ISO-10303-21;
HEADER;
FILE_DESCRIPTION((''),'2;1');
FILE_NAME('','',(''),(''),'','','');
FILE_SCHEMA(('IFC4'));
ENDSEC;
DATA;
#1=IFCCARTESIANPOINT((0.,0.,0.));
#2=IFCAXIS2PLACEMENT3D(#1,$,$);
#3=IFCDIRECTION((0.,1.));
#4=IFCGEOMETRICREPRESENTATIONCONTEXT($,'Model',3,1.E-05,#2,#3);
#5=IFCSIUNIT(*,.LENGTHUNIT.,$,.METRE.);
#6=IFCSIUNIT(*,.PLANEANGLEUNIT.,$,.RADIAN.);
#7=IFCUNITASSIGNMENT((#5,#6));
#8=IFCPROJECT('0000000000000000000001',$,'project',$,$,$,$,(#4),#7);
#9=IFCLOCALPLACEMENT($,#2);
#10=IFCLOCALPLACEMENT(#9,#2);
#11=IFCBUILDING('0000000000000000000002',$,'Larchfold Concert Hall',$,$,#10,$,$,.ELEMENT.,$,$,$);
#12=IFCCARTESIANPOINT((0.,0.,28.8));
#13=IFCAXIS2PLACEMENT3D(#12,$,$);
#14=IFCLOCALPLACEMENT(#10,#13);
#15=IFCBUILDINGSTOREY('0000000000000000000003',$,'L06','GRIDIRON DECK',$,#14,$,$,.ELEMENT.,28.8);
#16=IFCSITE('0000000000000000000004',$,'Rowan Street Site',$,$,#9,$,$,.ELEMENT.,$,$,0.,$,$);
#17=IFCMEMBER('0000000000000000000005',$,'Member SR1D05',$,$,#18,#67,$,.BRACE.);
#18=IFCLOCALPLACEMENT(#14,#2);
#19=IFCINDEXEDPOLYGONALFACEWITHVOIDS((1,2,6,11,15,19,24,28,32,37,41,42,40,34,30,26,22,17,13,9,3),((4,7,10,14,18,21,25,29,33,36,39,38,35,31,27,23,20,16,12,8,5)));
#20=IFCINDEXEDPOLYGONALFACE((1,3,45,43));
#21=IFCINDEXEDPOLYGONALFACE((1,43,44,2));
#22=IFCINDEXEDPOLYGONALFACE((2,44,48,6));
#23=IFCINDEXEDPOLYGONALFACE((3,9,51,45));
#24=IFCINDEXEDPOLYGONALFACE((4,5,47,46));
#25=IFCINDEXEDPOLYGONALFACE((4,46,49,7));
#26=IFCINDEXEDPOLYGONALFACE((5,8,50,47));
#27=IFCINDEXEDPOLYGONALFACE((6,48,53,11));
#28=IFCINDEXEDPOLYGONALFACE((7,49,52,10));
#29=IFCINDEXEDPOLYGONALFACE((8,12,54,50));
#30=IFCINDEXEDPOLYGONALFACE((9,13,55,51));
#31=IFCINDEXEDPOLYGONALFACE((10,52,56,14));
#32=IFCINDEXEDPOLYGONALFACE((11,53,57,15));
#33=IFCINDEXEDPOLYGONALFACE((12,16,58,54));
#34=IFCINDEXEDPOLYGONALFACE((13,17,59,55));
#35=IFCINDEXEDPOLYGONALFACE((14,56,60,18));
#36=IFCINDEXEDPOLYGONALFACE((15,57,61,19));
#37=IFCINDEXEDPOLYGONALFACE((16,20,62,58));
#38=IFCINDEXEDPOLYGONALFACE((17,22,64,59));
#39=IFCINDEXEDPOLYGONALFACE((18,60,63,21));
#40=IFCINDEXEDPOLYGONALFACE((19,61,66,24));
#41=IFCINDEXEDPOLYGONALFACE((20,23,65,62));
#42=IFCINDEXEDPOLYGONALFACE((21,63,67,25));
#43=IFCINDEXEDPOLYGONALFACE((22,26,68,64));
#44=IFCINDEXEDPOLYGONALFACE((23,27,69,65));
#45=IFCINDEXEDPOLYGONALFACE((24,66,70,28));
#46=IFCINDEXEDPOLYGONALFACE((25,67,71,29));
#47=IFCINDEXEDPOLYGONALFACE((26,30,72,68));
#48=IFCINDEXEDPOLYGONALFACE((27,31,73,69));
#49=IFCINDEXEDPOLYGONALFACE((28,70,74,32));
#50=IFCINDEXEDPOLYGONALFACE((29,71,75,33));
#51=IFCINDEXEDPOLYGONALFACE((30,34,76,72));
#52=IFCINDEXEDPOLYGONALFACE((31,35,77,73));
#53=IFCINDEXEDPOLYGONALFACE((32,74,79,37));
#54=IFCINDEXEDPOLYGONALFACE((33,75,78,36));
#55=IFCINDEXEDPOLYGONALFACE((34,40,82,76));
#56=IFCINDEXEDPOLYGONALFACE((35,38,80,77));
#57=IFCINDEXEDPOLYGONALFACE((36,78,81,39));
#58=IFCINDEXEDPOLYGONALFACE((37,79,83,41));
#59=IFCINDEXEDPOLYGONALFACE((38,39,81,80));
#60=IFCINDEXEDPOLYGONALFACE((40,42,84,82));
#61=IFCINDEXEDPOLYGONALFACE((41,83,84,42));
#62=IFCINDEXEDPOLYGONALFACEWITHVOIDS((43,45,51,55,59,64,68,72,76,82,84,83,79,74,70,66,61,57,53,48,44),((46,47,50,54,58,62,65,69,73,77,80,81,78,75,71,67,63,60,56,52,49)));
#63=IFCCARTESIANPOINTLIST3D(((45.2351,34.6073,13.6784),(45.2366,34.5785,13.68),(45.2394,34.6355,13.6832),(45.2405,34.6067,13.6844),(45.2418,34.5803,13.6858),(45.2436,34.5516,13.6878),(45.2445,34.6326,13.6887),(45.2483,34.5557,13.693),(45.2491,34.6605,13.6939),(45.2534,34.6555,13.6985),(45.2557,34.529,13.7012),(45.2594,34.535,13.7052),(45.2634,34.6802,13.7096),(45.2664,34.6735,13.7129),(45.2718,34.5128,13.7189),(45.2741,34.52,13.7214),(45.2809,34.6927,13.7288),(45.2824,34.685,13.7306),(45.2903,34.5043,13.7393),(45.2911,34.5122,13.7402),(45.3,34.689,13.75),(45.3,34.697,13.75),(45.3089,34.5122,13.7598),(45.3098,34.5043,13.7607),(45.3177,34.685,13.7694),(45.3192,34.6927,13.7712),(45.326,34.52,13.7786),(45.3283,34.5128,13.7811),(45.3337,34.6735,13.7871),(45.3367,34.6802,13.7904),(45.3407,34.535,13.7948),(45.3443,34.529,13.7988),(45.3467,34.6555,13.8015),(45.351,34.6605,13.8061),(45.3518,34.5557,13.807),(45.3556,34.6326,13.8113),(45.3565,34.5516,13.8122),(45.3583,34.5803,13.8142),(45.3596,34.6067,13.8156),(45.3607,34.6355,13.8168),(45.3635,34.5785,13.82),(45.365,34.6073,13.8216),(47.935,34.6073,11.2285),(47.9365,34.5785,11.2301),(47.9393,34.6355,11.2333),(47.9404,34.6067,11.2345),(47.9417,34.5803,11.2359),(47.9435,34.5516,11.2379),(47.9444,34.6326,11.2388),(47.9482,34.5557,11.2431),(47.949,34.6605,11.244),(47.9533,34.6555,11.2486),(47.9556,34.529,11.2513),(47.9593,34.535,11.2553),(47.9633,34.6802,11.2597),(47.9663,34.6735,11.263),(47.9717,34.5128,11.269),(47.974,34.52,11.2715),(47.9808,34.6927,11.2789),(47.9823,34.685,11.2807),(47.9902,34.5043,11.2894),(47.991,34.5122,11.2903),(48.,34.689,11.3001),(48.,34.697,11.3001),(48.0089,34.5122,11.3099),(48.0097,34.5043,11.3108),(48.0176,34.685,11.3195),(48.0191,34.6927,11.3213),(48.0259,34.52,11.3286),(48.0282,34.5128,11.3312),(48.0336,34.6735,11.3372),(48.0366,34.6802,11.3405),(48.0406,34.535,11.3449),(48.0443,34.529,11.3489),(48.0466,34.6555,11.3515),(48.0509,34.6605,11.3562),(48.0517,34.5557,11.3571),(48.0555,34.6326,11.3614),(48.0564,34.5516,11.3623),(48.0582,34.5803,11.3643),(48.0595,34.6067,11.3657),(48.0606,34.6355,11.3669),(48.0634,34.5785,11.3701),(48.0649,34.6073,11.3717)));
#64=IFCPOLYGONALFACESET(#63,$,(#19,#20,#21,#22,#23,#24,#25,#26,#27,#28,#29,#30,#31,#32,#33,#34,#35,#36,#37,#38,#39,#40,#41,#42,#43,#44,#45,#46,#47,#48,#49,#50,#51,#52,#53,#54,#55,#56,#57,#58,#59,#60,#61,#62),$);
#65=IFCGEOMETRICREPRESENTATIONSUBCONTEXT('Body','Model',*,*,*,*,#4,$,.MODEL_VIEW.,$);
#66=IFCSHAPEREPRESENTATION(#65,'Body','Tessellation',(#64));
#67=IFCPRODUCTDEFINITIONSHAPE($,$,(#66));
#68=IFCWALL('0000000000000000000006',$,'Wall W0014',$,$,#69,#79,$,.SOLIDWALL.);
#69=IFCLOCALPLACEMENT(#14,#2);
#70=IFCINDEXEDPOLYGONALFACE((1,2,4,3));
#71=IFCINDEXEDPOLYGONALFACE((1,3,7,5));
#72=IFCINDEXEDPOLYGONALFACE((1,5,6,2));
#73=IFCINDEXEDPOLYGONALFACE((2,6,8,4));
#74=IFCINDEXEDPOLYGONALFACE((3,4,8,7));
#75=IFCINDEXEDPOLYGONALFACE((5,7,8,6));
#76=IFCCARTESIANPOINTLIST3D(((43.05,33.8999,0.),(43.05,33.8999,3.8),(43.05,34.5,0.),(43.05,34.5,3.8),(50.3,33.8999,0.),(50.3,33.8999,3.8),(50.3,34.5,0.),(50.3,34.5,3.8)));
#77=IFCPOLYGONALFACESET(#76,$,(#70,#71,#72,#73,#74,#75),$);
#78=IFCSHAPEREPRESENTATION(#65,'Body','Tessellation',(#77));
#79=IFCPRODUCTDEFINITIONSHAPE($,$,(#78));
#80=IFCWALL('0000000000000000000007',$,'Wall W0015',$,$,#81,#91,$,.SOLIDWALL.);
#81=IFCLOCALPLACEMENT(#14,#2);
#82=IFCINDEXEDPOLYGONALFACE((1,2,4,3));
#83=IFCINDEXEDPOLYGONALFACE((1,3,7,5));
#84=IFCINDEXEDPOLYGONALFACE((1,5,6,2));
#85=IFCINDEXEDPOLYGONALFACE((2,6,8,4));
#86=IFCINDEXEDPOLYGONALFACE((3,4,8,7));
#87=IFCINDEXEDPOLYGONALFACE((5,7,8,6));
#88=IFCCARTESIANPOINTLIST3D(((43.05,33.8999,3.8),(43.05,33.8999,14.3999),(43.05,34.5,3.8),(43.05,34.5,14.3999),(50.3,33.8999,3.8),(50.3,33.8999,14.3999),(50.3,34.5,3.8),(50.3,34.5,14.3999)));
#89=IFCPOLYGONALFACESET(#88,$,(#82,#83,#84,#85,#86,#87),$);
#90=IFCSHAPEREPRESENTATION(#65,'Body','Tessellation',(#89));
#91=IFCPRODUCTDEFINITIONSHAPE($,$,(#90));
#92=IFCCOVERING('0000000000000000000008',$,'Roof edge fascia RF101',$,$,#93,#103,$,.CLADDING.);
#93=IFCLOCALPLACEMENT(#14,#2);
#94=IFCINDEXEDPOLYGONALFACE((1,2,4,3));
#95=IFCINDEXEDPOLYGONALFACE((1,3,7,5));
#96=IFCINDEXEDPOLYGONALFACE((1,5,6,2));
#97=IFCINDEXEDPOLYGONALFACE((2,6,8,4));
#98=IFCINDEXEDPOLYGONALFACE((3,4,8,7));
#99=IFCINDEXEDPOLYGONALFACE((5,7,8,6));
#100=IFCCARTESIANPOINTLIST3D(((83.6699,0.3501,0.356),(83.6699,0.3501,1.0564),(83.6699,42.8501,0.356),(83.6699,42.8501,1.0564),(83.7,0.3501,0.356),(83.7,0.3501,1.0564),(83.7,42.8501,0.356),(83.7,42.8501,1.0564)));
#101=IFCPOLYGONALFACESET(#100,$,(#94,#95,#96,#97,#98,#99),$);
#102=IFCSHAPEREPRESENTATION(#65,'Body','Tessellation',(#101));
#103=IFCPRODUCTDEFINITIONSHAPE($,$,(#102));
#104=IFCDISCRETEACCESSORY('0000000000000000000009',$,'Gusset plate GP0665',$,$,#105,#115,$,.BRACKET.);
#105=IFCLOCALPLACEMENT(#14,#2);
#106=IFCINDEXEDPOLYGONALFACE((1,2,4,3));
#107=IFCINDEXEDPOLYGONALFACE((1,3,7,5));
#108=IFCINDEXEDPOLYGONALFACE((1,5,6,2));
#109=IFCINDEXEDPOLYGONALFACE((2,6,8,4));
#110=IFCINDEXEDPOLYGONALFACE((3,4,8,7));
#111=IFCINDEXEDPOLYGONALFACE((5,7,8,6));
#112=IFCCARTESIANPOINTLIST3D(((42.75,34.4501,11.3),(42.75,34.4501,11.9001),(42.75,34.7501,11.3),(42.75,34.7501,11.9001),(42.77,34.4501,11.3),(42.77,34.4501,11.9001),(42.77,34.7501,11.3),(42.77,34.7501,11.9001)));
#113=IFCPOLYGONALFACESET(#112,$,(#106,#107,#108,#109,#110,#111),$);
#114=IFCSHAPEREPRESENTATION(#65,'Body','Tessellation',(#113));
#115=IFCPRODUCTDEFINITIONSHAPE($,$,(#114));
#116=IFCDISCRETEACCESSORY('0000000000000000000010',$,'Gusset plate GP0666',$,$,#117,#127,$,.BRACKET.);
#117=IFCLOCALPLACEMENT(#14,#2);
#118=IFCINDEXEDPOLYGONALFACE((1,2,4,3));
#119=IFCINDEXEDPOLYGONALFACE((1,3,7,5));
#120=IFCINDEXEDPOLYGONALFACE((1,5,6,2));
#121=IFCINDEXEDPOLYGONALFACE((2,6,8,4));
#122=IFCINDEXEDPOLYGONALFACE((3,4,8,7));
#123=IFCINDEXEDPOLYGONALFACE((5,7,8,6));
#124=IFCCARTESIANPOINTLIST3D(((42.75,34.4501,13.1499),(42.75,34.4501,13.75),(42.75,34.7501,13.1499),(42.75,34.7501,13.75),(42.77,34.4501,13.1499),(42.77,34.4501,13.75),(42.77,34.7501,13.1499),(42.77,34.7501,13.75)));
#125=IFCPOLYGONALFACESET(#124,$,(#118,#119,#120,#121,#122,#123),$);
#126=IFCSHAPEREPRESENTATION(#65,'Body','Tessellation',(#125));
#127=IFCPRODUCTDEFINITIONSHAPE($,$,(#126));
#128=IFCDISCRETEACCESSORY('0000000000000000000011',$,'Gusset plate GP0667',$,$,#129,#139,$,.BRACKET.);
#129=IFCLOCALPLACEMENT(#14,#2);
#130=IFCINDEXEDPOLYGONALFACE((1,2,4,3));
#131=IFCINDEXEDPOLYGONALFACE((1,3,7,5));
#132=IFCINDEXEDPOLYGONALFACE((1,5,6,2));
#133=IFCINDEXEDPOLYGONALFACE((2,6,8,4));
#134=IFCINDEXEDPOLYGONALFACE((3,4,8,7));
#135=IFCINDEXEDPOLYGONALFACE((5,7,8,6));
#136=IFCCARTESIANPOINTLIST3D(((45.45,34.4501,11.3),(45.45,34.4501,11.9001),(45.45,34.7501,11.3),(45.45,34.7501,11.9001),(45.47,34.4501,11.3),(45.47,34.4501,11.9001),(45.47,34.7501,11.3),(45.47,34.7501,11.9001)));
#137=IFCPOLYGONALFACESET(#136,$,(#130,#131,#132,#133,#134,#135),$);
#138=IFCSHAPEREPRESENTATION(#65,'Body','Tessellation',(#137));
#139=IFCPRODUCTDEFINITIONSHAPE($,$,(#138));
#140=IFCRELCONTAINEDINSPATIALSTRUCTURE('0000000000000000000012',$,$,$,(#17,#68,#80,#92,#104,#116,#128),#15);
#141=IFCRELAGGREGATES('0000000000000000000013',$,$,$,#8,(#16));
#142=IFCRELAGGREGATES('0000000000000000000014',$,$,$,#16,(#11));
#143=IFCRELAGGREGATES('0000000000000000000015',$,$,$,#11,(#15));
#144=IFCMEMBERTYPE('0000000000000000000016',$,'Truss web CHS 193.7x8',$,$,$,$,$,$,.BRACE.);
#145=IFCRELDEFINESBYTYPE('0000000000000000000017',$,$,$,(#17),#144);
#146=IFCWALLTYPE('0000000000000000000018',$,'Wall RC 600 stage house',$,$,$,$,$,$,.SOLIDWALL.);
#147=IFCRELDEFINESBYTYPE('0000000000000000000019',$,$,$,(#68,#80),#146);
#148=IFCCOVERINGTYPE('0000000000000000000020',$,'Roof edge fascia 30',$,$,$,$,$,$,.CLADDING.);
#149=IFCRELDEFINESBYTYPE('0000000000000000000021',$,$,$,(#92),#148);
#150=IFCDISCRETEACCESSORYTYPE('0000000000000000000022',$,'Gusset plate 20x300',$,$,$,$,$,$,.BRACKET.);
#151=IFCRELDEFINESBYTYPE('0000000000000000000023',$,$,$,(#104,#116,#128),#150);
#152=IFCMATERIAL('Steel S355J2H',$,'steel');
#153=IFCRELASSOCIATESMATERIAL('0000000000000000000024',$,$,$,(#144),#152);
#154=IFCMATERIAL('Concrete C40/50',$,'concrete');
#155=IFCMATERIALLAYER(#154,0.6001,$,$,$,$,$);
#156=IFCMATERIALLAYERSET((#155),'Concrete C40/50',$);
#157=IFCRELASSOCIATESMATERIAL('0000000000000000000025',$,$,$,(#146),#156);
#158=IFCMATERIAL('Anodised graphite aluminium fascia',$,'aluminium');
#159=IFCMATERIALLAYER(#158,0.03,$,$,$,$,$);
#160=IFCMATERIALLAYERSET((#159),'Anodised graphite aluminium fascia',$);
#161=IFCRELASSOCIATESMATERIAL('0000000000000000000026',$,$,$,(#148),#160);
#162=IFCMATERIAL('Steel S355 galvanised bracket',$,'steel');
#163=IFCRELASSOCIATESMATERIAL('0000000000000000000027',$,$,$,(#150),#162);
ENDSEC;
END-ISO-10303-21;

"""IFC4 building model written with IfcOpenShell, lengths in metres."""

from ifc_helpers import new_model, si_unit, direction, frame, frame_2d, origin, origin_2d, place, context, subcontext, project, spatial, polyline, rectangle, hollow_circle, outline, extrude, material, layer, layer_set, material_profile, profile_set, type_object, element, save


model = new_model("IFC4")

# Units and contexts
model_context = context("Model", 3, precision=1e-05, world=origin(), true_north=direction((0.0, 1.0)))
body_context = subcontext(model_context, "Body", "Model", "MODEL_VIEW")
ifc_project = project(units=[si_unit("LENGTHUNIT", "METRE"), si_unit("PLANEANGLEUNIT", "RADIAN")], contexts=[model_context])

# Site, building, storey
site_placement = place(None, origin())
site = spatial("IfcSite", under=ifc_project, at=site_placement, Name="Rowan Street Site", CompositionType="ELEMENT", RefElevation=0.0)
building_placement = place(site_placement, origin())
building = spatial("IfcBuilding", under=site, at=building_placement, Name="Larchfold Concert Hall", CompositionType="ELEMENT")
storey_placement = place(building_placement, frame((0.0, 0.0, 28.8)))
storey = spatial("IfcBuildingStorey", under=building, at=storey_placement, Name="L06", Description="GRIDIRON DECK", CompositionType="ELEMENT", Elevation=28.8)

# Member
ifc_material_1 = material(Name="Steel S355J2H", Category="steel")
ifc_material_profile_1 = material_profile(ifc_material_1, hollow_circle(Radius=0.0969, WallThickness=0.0081, at=origin_2d()))
ifc_profile_set_1 = profile_set([ifc_material_profile_1], Name="Steel S355J2H")
member_type_1 = type_object("IfcMemberType", Name="Truss web CHS 193.7x8", PredefinedType="BRACE", material=ifc_profile_set_1)
member_1_placement = place(storey_placement, frame((45.3, 34.6001, 13.75), z_axis=(0.740561, 0.0, -0.671989), x_axis=(0.0, 1.0, 0.0)))
element("IfcMember", 1, at=member_1_placement, inside=storey, type_object=member_type_1, Name="Member SR1D05", PredefinedType="BRACE", context=body_context, shape_type="SweptSolid", body=[
    extrude(hollow_circle(Radius=0.0969, WallThickness=0.0081, at=origin_2d()), origin(), (0.0, 0.0, 1.0), 3.6458),
])

# Walls
ifc_material_2 = material(Name="Concrete C40/50", Category="concrete")
ifc_layer_1 = layer(ifc_material_2, 0.6001)
ifc_layer_set_1 = layer_set([ifc_layer_1], Name="Concrete C40/50")
wall_type = type_object("IfcWallType", Name="Wall RC 600 stage house", PredefinedType="SOLIDWALL", material=ifc_layer_set_1)
wall_1_placement = place(storey_placement, frame((43.05, 34.2, 0.0), z_axis=(0.0, 0.0, 1.0), x_axis=(1.0, 0.0, 0.0)))
element("IfcWall", 2, at=wall_1_placement, inside=storey, type_object=wall_type, Name="Wall W0014", PredefinedType="SOLIDWALL", context=body_context, shape_type="SweptSolid", body=[
    extrude(rectangle(XDim=7.25, YDim=0.6001, at=frame_2d((3.625, 0.0))), origin(), (0.0, 0.0, 1.0), 3.8),
])
wall_2_placement = place(storey_placement, frame((43.05, 34.2, 3.8), z_axis=(0.0, 0.0, 1.0), x_axis=(1.0, 0.0, 0.0)))
element("IfcWall", 3, at=wall_2_placement, inside=storey, type_object=wall_type, Name="Wall W0015", PredefinedType="SOLIDWALL", context=body_context, shape_type="SweptSolid", body=[
    extrude(rectangle(XDim=7.25, YDim=0.6001, at=frame_2d((3.625, 0.0))), origin(), (0.0, 0.0, 1.0), 10.5999),
])

# Covering
ifc_material_3 = material(Name="Anodised graphite aluminium fascia", Category="aluminium")
ifc_layer_2 = layer(ifc_material_3, 0.03)
ifc_layer_set_2 = layer_set([ifc_layer_2], Name="Anodised graphite aluminium fascia")
covering_type = type_object("IfcCoveringType", Name="Roof edge fascia 30", PredefinedType="CLADDING", material=ifc_layer_set_2)
covering_placement = place(storey_placement, frame((83.6699, 0.3501, 1.0564), z_axis=(-1.0, 0.0, 0.0), x_axis=(0.0, 1.0, 0.0)))
element("IfcCovering", 4, at=covering_placement, inside=storey, type_object=covering_type, Name="Roof edge fascia RF101", PredefinedType="CLADDING", context=body_context, shape_type="SweptSolid", body=[
    extrude(outline(polyline([(0.0, 0.0), (42.5, 0.0), (42.5, 0.7004), (0.0, 0.7004), (0.0, 0.0)])), origin(), (0.0, 0.0, -1.0), 0.03),
])

# Discrete accessories
ifc_material_4 = material(Name="Steel S355 galvanised bracket", Category="steel")
ifc_material_profile_2 = material_profile(ifc_material_4, rectangle(XDim=0.02, YDim=0.3, at=origin_2d()))
ifc_profile_set_2 = profile_set([ifc_material_profile_2], Name="Steel S355 galvanised bracket")
discrete_accessory_type = type_object("IfcDiscreteAccessoryType", Name="Gusset plate 20x300", PredefinedType="BRACKET", material=ifc_profile_set_2)
for number, where, z_axis, x_axis, name in (
    (5, (42.76, 34.6001, 11.3), (0.0, 0.0, 1.0), (1.0, 0.0, 0.0), "Gusset plate GP0665"),
    (6, (42.76, 34.6001, 13.1499), (0.0, 0.0, 1.0), (1.0, 0.0, 0.0), "Gusset plate GP0666"),
    (7, (45.46, 34.6001, 11.3), (0.0, 0.0, 1.0), (1.0, 0.0, 0.0), "Gusset plate GP0667"),
):
    element("IfcDiscreteAccessory", number, at=place(storey_placement, frame(where, z_axis=z_axis, x_axis=x_axis)), inside=storey, type_object=discrete_accessory_type, Name=name, PredefinedType="BRACKET", context=body_context, shape_type="SweptSolid", body=[
        extrude(rectangle(XDim=0.02, YDim=0.3, at=origin_2d()), origin(), (0.0, 0.0, 1.0), 0.6001),
    ])

save(model, "model.ifc")
